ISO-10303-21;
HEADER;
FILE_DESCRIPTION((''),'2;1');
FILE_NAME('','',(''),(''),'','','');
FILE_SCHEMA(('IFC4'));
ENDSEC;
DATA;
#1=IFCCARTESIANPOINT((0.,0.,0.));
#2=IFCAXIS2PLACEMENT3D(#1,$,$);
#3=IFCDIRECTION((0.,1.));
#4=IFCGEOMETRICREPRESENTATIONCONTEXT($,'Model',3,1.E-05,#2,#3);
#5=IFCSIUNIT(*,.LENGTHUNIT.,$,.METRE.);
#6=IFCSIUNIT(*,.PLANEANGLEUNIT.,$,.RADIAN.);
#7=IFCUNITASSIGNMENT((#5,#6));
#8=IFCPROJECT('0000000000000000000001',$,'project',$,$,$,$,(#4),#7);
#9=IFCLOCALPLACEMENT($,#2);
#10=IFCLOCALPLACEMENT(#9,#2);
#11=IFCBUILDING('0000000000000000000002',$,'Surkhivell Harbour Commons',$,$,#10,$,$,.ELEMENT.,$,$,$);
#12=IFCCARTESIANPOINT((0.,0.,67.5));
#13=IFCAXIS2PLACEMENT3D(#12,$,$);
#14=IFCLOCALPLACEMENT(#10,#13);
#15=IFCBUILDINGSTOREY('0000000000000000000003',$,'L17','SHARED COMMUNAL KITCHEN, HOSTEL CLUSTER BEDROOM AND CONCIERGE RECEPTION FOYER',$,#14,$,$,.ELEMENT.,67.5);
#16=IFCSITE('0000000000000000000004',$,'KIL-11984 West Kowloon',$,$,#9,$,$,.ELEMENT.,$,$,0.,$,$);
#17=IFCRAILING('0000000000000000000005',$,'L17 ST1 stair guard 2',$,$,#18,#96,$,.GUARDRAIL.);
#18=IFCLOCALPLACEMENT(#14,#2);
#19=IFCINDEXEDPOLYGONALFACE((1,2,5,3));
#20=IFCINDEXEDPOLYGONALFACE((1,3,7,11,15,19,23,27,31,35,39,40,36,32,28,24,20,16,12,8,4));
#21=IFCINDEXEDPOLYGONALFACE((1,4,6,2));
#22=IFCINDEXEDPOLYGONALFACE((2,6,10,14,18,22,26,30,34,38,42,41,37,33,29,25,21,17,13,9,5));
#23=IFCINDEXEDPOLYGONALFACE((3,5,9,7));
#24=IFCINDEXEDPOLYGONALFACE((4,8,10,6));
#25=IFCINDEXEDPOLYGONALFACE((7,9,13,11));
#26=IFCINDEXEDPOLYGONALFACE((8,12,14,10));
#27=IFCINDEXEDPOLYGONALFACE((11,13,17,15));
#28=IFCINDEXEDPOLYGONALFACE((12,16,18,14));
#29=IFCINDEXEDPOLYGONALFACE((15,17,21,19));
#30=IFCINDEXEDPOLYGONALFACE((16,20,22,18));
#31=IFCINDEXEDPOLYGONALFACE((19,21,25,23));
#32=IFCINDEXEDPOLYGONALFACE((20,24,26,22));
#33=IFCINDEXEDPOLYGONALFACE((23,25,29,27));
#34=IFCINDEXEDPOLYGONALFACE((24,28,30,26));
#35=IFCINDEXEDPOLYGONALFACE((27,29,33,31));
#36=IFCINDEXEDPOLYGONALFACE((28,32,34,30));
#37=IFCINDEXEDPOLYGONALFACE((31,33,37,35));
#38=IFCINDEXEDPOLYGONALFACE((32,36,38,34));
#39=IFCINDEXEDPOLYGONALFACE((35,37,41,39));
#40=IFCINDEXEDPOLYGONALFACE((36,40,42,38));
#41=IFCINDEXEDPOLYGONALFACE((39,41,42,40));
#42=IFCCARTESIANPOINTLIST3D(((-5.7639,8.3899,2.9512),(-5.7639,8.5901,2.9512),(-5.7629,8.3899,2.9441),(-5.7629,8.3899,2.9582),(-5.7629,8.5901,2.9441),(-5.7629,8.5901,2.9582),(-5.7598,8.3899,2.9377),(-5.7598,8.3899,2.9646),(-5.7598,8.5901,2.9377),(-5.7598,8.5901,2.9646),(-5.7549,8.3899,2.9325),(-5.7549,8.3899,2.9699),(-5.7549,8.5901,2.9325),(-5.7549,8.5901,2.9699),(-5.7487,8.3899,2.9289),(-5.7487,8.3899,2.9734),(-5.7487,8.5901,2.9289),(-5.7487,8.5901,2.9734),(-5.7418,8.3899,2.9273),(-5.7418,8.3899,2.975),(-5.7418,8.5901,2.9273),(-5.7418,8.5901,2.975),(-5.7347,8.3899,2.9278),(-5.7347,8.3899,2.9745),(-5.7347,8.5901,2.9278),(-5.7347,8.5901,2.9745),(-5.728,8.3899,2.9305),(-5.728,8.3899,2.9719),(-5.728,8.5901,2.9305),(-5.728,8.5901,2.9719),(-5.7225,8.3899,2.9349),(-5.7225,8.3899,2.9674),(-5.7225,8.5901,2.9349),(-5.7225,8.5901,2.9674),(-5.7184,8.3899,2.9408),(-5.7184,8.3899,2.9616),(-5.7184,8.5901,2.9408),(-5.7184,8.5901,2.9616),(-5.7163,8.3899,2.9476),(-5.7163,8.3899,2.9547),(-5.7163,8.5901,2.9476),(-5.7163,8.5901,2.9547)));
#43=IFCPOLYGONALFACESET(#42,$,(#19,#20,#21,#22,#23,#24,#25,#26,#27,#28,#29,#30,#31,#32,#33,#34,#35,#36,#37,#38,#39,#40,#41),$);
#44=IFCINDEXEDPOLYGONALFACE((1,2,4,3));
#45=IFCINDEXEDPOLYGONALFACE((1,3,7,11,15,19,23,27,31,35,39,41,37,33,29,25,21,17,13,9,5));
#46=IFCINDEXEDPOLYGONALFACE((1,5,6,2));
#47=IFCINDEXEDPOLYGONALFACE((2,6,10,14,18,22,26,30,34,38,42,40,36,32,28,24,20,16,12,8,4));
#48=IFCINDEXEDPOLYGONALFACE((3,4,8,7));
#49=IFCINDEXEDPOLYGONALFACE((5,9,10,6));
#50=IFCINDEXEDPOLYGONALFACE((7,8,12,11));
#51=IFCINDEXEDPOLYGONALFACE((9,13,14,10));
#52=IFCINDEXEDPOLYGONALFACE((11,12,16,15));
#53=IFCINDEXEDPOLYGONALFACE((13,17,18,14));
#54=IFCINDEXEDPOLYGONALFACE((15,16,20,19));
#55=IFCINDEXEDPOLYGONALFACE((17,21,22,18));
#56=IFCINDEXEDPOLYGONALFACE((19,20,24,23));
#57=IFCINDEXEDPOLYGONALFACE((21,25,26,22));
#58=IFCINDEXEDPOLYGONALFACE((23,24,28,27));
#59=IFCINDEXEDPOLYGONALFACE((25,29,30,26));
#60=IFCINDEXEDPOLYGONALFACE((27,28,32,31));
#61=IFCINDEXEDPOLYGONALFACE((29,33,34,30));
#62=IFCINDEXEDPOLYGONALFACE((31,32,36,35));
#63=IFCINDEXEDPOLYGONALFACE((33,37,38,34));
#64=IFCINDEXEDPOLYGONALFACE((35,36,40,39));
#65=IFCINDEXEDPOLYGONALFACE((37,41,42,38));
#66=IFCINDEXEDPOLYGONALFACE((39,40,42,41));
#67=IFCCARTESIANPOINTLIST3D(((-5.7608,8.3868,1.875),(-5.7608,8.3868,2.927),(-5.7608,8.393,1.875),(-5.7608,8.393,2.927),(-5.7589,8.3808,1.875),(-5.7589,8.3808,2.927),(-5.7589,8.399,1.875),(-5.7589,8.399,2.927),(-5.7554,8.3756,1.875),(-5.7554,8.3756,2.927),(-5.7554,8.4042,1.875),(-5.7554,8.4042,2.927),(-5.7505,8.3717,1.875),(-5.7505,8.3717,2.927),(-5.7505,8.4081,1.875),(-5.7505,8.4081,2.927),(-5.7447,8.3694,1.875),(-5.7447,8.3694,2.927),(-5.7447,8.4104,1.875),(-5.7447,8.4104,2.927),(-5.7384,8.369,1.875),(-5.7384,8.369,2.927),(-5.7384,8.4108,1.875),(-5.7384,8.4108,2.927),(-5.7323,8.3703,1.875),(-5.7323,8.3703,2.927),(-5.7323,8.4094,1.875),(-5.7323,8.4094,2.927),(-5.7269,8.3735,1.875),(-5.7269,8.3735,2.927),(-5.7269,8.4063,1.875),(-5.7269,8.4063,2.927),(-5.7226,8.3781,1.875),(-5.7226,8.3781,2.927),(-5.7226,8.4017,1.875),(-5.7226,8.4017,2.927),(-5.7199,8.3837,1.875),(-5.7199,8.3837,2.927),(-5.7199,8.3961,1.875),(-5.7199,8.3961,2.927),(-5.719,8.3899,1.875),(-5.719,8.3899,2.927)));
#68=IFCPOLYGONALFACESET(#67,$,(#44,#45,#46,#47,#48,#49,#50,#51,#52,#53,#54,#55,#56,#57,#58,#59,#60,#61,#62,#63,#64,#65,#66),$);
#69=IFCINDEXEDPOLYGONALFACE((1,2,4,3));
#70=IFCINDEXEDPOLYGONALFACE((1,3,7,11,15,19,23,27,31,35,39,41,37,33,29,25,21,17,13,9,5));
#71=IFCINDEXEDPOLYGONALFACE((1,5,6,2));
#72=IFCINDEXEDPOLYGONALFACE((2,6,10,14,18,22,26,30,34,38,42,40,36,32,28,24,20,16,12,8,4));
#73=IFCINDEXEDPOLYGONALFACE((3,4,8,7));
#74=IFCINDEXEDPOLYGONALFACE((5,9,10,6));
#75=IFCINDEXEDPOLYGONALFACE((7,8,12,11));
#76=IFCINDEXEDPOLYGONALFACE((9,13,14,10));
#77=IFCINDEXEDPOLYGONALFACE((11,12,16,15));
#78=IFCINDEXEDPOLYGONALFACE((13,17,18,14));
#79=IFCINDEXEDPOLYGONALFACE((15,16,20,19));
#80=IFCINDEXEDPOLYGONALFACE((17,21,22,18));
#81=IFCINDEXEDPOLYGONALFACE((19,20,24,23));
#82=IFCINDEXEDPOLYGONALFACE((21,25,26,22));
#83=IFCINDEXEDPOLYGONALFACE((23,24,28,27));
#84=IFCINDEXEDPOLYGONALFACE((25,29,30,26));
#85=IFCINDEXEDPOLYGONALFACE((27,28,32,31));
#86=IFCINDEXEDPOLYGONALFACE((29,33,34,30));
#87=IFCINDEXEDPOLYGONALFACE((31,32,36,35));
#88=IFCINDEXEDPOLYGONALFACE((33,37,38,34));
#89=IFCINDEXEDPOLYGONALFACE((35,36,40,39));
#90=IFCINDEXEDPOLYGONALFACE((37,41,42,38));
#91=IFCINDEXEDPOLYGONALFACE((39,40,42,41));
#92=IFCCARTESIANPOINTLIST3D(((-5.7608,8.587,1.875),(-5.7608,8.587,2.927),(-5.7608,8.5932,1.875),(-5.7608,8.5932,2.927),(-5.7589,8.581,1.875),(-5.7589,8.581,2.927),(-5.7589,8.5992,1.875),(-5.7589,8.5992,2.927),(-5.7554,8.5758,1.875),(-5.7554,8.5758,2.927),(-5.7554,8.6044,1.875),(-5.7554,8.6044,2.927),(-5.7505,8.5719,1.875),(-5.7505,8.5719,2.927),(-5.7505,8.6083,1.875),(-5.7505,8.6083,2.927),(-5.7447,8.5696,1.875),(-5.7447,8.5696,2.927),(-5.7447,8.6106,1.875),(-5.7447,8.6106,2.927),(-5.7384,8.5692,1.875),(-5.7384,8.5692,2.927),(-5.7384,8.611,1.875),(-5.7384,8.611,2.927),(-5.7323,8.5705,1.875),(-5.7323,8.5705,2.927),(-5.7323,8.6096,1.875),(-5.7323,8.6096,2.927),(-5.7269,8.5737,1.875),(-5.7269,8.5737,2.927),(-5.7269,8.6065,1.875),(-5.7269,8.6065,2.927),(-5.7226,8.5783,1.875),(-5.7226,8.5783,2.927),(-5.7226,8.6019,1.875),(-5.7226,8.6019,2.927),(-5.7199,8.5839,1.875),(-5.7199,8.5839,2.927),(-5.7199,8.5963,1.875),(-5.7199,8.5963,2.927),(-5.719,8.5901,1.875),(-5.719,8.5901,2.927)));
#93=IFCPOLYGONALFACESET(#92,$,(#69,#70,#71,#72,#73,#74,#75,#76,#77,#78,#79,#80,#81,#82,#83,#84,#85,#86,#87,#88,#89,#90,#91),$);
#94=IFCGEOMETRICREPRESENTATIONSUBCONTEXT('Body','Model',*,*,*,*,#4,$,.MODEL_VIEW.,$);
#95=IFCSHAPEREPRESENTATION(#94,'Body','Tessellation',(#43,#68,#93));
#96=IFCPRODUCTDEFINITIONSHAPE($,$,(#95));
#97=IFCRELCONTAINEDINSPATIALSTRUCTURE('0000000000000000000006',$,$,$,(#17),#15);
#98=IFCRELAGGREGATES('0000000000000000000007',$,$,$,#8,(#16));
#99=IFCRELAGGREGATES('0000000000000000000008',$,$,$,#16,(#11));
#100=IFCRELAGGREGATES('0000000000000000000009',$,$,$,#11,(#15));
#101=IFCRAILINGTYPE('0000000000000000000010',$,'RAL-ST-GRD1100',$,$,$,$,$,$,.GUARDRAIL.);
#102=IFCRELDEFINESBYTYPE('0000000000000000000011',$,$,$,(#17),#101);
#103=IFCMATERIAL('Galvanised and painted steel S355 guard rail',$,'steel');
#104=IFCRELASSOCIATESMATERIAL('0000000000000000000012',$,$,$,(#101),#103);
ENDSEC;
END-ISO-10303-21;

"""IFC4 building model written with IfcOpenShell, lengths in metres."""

from ifc_helpers import new_model, si_unit, direction, frame, origin, origin_2d, place, context, subcontext, project, spatial, circle, extrude, material, type_object, element, save


model = new_model("IFC4")

# Units and contexts
model_context = context("Model", 3, precision=1e-05, world=origin(), true_north=direction((0.0, 1.0)))
body_context = subcontext(model_context, "Body", "Model", "MODEL_VIEW")
ifc_project = project(units=[si_unit("LENGTHUNIT", "METRE"), si_unit("PLANEANGLEUNIT", "RADIAN")], contexts=[model_context])

# Site, building, storey
site_placement = place(None, origin())
site = spatial("IfcSite", under=ifc_project, at=site_placement, Name="KIL-11984 West Kowloon", CompositionType="ELEMENT", RefElevation=0.0)
building_placement = place(site_placement, origin())
building = spatial("IfcBuilding", under=site, at=building_placement, Name="Surkhivell Harbour Commons", CompositionType="ELEMENT")
storey_placement = place(building_placement, frame((0.0, 0.0, 67.5)))
storey = spatial("IfcBuildingStorey", under=building, at=storey_placement, Name="L17", Description="SHARED COMMUNAL KITCHEN, HOSTEL CLUSTER BEDROOM AND CONCIERGE RECEPTION FOYER", CompositionType="ELEMENT", Elevation=67.5)

# Railing
ifc_material_1 = material(Name="Galvanised and painted steel S355 guard rail", Category="steel")
railing_type_1 = type_object("IfcRailingType", Name="RAL-ST-GRD1100", PredefinedType="GUARDRAIL", material=ifc_material_1)
railing_1_placement = place(storey_placement, frame((-5.74, 8.3899, 1.875)))
element("IfcRailing", 1, at=railing_1_placement, inside=storey, type_object=railing_type_1, Name="L17 ST1 stair guard 2", PredefinedType="GUARDRAIL", context=body_context, shape_type="SweptSolid", body=[
    extrude(circle(Radius=0.0239, at=origin_2d()), frame((0.0, 0.0, 1.0762), z_axis=(0.0, 1.0, 0.0), x_axis=(-1.0, 0.0, 0.0)), (0.0, 0.0, 1.0), 0.2002),
    extrude(circle(Radius=0.021, at=origin_2d()), origin(), (0.0, 0.0, 1.0), 1.052),
    extrude(circle(Radius=0.021, at=origin_2d()), frame((0.0, 0.2002, 0.0)), (0.0, 0.0, 1.0), 1.052),
])

save(model, "model.ifc")
